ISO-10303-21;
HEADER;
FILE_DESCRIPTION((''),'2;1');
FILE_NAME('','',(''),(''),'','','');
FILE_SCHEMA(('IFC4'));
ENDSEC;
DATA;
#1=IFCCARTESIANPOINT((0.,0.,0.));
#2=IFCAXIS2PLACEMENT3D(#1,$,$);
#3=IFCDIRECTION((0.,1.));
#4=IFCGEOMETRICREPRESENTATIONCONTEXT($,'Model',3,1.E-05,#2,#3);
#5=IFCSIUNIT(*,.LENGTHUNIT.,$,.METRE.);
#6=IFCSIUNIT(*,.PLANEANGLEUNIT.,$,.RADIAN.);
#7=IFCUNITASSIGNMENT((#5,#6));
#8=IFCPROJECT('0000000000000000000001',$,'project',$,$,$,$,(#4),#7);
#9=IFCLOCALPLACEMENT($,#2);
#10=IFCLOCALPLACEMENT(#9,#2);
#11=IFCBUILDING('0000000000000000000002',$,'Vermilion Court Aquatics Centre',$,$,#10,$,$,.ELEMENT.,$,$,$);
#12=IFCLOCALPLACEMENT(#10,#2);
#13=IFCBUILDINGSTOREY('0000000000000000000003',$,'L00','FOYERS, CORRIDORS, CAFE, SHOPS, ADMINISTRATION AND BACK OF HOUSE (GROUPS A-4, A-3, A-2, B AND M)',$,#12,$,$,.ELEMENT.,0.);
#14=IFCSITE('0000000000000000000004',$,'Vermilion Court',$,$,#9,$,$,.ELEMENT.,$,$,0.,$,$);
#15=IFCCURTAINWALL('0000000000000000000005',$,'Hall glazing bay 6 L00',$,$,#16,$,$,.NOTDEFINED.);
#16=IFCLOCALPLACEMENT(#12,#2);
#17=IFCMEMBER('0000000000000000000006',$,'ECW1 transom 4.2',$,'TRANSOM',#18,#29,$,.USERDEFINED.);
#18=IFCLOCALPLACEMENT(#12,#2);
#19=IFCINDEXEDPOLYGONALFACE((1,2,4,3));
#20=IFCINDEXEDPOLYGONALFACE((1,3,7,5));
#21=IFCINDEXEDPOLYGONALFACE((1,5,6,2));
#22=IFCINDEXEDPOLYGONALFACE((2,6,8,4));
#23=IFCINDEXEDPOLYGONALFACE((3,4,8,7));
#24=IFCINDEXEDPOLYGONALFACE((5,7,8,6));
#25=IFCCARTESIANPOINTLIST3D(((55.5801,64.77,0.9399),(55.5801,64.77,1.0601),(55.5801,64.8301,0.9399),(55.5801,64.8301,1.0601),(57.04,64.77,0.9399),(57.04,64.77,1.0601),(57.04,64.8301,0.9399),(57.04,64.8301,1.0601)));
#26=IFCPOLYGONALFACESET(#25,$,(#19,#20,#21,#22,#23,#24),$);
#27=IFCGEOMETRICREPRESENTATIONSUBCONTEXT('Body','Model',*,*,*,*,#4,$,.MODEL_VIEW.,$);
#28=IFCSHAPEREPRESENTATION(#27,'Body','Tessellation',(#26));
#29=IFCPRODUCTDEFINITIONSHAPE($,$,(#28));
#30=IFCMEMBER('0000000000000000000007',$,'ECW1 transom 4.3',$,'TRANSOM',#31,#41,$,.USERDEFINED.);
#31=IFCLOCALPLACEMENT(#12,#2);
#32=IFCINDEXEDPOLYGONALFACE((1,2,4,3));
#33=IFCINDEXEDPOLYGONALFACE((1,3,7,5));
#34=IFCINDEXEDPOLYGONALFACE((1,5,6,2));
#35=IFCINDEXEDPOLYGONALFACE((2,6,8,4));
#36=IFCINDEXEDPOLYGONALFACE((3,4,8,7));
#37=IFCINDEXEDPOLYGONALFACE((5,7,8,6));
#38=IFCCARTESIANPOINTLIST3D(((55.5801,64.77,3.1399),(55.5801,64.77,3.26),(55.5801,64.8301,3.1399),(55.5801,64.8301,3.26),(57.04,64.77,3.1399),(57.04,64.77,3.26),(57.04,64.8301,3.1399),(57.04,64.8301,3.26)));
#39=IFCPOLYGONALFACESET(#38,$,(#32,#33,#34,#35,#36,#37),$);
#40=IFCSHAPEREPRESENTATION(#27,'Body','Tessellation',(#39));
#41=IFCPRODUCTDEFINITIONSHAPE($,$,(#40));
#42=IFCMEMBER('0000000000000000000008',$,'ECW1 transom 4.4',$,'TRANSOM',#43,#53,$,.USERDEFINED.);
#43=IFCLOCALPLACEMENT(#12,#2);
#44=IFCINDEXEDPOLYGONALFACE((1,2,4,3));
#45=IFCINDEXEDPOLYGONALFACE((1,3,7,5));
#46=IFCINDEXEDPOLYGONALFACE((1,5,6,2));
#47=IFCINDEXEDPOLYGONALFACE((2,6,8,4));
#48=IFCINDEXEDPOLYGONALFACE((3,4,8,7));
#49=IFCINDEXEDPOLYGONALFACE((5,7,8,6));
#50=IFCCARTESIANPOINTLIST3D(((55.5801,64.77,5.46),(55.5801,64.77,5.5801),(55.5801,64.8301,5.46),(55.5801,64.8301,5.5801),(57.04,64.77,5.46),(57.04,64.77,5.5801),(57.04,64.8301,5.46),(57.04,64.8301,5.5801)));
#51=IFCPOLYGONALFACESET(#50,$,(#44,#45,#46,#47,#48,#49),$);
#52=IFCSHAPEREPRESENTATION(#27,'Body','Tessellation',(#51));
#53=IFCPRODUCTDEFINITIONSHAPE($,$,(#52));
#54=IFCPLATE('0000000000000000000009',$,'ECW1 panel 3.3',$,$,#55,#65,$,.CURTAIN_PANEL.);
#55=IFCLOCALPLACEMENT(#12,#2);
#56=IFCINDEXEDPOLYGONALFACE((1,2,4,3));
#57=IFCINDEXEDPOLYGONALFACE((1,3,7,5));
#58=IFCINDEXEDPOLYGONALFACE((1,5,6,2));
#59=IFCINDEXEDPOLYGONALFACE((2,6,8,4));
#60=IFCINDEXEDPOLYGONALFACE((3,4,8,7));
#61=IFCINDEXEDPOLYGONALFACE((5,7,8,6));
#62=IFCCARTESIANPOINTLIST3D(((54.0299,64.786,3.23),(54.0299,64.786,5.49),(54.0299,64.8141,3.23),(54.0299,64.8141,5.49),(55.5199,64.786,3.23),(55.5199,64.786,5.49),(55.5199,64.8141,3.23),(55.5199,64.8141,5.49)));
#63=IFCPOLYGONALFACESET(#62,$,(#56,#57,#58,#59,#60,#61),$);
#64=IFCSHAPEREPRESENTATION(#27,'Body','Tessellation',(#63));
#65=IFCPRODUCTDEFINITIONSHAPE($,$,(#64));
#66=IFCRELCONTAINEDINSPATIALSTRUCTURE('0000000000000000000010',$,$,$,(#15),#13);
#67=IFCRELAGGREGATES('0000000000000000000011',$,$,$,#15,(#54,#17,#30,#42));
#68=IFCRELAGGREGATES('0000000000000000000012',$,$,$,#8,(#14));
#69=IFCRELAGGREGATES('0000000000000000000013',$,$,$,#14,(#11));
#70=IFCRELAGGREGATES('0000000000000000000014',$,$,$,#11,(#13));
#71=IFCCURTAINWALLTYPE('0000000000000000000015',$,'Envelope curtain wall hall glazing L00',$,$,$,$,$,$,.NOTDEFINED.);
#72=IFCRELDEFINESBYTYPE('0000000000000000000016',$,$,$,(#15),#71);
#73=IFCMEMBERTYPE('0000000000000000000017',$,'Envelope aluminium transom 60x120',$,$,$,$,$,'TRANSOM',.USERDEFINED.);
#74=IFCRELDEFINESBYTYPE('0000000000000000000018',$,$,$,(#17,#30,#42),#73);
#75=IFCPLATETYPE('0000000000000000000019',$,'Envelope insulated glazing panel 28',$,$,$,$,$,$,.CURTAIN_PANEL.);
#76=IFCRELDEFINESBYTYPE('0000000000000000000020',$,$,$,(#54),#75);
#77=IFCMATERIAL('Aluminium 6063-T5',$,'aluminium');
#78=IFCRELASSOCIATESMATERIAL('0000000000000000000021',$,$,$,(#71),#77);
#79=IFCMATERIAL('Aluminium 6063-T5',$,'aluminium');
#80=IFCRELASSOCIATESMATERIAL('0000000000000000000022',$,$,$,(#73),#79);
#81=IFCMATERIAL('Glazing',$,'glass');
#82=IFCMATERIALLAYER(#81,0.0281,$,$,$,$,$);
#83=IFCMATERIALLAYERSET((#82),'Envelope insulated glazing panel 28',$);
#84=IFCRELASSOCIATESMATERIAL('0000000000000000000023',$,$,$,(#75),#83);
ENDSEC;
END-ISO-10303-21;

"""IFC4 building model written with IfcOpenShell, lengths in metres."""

from ifc_helpers import new_model, si_unit, direction, frame, origin, origin_2d, place, context, subcontext, project, spatial, rectangle, extrude, material, layer, layer_set, material_profile, profile_set, type_object, element, aggregate, save


model = new_model("IFC4")

# Units and contexts
model_context = context("Model", 3, precision=1e-05, world=origin(), true_north=direction((0.0, 1.0)))
body_context = subcontext(model_context, "Body", "Model", "MODEL_VIEW")
ifc_project = project(units=[si_unit("LENGTHUNIT", "METRE"), si_unit("PLANEANGLEUNIT", "RADIAN")], contexts=[model_context])

# Site, building, storey
site_placement = place(None, origin())
site = spatial("IfcSite", under=ifc_project, at=site_placement, Name="Vermilion Court", CompositionType="ELEMENT", RefElevation=0.0)
building_placement = place(site_placement, origin())
building = spatial("IfcBuilding", under=site, at=building_placement, Name="Vermilion Court Aquatics Centre", CompositionType="ELEMENT")
storey_placement = place(building_placement, origin())
storey = spatial("IfcBuildingStorey", under=building, at=storey_placement, Name="L00", Description="FOYERS, CORRIDORS, CAFE, SHOPS, ADMINISTRATION AND BACK OF HOUSE (GROUPS A-4, A-3, A-2, B AND M)", CompositionType="ELEMENT", Elevation=0.0)

# Curtain wall, members, plate
ifc_material_1 = material(Name="Aluminium 6063-T5", Category="aluminium")
curtain_wall_type = type_object("IfcCurtainWallType", Name="Envelope curtain wall hall glazing L00", PredefinedType="NOTDEFINED", material=ifc_material_1)
curtain_wall_placement = place(storey_placement, origin())
curtain_wall = element("IfcCurtainWall", 1, at=curtain_wall_placement, inside=storey, type_object=curtain_wall_type, Name="Hall glazing bay 6 L00", PredefinedType="NOTDEFINED")
ifc_material_2 = material(Name="Aluminium 6063-T5", Category="aluminium")
ifc_material_profile_1 = material_profile(ifc_material_2, rectangle(XDim=0.0601, YDim=0.1201, at=origin_2d()), Name="AL 60x120")
ifc_profile_set_1 = profile_set([ifc_material_profile_1], Name="Aluminium 6063-T5")
member_type_1 = type_object("IfcMemberType", Name="Envelope aluminium transom 60x120", ElementType="TRANSOM", PredefinedType="USERDEFINED", material=ifc_profile_set_1)
member_1_placement = place(storey_placement, frame((55.5801, 64.8, 1.0), z_axis=(1.0, 0.0, 0.0), x_axis=(0.0, 1.0, 0.0)))
member_1 = element("IfcMember", 2, at=member_1_placement, type_object=member_type_1, Name="ECW1 transom 4.2", ObjectType="TRANSOM", PredefinedType="USERDEFINED", context=body_context, shape_type="SweptSolid", body=[
    extrude(rectangle(XDim=0.0601, YDim=0.1201, at=origin_2d()), origin(), (0.0, 0.0, 1.0), 1.46),
])
member_2_placement = place(storey_placement, frame((55.5801, 64.8, 3.2), z_axis=(1.0, 0.0, 0.0), x_axis=(0.0, 1.0, 0.0)))
member_2 = element("IfcMember", 3, at=member_2_placement, type_object=member_type_1, Name="ECW1 transom 4.3", ObjectType="TRANSOM", PredefinedType="USERDEFINED", context=body_context, shape_type="SweptSolid", body=[
    extrude(rectangle(XDim=0.0601, YDim=0.1201, at=origin_2d()), origin(), (0.0, 0.0, 1.0), 1.46),
])
member_3_placement = place(storey_placement, frame((55.5801, 64.8, 5.52), z_axis=(1.0, 0.0, 0.0), x_axis=(0.0, 1.0, 0.0)))
member_3 = element("IfcMember", 4, at=member_3_placement, type_object=member_type_1, Name="ECW1 transom 4.4", ObjectType="TRANSOM", PredefinedType="USERDEFINED", context=body_context, shape_type="SweptSolid", body=[
    extrude(rectangle(XDim=0.0601, YDim=0.1201, at=origin_2d()), origin(), (0.0, 0.0, 1.0), 1.46),
])
ifc_material_3 = material(Name="Glazing", Category="glass")
ifc_layer = layer(ifc_material_3, 0.0281)
ifc_layer_set = layer_set([ifc_layer], Name="Envelope insulated glazing panel 28")
plate_type = type_object("IfcPlateType", Name="Envelope insulated glazing panel 28", PredefinedType="CURTAIN_PANEL", material=ifc_layer_set)
plate_placement = place(storey_placement, frame((54.7749, 64.8, 3.23), z_axis=(0.0, 0.0, 1.0), x_axis=(1.0, 0.0, 0.0)))
plate = element("IfcPlate", 5, at=plate_placement, type_object=plate_type, Name="ECW1 panel 3.3", PredefinedType="CURTAIN_PANEL", context=body_context, shape_type="SweptSolid", body=[
    extrude(rectangle(XDim=1.49, YDim=0.0281, at=origin_2d()), origin(), (0.0, 0.0, 1.0), 2.26),
])
aggregate(curtain_wall, [plate, member_1, member_2, member_3])

save(model, "model.ifc")
